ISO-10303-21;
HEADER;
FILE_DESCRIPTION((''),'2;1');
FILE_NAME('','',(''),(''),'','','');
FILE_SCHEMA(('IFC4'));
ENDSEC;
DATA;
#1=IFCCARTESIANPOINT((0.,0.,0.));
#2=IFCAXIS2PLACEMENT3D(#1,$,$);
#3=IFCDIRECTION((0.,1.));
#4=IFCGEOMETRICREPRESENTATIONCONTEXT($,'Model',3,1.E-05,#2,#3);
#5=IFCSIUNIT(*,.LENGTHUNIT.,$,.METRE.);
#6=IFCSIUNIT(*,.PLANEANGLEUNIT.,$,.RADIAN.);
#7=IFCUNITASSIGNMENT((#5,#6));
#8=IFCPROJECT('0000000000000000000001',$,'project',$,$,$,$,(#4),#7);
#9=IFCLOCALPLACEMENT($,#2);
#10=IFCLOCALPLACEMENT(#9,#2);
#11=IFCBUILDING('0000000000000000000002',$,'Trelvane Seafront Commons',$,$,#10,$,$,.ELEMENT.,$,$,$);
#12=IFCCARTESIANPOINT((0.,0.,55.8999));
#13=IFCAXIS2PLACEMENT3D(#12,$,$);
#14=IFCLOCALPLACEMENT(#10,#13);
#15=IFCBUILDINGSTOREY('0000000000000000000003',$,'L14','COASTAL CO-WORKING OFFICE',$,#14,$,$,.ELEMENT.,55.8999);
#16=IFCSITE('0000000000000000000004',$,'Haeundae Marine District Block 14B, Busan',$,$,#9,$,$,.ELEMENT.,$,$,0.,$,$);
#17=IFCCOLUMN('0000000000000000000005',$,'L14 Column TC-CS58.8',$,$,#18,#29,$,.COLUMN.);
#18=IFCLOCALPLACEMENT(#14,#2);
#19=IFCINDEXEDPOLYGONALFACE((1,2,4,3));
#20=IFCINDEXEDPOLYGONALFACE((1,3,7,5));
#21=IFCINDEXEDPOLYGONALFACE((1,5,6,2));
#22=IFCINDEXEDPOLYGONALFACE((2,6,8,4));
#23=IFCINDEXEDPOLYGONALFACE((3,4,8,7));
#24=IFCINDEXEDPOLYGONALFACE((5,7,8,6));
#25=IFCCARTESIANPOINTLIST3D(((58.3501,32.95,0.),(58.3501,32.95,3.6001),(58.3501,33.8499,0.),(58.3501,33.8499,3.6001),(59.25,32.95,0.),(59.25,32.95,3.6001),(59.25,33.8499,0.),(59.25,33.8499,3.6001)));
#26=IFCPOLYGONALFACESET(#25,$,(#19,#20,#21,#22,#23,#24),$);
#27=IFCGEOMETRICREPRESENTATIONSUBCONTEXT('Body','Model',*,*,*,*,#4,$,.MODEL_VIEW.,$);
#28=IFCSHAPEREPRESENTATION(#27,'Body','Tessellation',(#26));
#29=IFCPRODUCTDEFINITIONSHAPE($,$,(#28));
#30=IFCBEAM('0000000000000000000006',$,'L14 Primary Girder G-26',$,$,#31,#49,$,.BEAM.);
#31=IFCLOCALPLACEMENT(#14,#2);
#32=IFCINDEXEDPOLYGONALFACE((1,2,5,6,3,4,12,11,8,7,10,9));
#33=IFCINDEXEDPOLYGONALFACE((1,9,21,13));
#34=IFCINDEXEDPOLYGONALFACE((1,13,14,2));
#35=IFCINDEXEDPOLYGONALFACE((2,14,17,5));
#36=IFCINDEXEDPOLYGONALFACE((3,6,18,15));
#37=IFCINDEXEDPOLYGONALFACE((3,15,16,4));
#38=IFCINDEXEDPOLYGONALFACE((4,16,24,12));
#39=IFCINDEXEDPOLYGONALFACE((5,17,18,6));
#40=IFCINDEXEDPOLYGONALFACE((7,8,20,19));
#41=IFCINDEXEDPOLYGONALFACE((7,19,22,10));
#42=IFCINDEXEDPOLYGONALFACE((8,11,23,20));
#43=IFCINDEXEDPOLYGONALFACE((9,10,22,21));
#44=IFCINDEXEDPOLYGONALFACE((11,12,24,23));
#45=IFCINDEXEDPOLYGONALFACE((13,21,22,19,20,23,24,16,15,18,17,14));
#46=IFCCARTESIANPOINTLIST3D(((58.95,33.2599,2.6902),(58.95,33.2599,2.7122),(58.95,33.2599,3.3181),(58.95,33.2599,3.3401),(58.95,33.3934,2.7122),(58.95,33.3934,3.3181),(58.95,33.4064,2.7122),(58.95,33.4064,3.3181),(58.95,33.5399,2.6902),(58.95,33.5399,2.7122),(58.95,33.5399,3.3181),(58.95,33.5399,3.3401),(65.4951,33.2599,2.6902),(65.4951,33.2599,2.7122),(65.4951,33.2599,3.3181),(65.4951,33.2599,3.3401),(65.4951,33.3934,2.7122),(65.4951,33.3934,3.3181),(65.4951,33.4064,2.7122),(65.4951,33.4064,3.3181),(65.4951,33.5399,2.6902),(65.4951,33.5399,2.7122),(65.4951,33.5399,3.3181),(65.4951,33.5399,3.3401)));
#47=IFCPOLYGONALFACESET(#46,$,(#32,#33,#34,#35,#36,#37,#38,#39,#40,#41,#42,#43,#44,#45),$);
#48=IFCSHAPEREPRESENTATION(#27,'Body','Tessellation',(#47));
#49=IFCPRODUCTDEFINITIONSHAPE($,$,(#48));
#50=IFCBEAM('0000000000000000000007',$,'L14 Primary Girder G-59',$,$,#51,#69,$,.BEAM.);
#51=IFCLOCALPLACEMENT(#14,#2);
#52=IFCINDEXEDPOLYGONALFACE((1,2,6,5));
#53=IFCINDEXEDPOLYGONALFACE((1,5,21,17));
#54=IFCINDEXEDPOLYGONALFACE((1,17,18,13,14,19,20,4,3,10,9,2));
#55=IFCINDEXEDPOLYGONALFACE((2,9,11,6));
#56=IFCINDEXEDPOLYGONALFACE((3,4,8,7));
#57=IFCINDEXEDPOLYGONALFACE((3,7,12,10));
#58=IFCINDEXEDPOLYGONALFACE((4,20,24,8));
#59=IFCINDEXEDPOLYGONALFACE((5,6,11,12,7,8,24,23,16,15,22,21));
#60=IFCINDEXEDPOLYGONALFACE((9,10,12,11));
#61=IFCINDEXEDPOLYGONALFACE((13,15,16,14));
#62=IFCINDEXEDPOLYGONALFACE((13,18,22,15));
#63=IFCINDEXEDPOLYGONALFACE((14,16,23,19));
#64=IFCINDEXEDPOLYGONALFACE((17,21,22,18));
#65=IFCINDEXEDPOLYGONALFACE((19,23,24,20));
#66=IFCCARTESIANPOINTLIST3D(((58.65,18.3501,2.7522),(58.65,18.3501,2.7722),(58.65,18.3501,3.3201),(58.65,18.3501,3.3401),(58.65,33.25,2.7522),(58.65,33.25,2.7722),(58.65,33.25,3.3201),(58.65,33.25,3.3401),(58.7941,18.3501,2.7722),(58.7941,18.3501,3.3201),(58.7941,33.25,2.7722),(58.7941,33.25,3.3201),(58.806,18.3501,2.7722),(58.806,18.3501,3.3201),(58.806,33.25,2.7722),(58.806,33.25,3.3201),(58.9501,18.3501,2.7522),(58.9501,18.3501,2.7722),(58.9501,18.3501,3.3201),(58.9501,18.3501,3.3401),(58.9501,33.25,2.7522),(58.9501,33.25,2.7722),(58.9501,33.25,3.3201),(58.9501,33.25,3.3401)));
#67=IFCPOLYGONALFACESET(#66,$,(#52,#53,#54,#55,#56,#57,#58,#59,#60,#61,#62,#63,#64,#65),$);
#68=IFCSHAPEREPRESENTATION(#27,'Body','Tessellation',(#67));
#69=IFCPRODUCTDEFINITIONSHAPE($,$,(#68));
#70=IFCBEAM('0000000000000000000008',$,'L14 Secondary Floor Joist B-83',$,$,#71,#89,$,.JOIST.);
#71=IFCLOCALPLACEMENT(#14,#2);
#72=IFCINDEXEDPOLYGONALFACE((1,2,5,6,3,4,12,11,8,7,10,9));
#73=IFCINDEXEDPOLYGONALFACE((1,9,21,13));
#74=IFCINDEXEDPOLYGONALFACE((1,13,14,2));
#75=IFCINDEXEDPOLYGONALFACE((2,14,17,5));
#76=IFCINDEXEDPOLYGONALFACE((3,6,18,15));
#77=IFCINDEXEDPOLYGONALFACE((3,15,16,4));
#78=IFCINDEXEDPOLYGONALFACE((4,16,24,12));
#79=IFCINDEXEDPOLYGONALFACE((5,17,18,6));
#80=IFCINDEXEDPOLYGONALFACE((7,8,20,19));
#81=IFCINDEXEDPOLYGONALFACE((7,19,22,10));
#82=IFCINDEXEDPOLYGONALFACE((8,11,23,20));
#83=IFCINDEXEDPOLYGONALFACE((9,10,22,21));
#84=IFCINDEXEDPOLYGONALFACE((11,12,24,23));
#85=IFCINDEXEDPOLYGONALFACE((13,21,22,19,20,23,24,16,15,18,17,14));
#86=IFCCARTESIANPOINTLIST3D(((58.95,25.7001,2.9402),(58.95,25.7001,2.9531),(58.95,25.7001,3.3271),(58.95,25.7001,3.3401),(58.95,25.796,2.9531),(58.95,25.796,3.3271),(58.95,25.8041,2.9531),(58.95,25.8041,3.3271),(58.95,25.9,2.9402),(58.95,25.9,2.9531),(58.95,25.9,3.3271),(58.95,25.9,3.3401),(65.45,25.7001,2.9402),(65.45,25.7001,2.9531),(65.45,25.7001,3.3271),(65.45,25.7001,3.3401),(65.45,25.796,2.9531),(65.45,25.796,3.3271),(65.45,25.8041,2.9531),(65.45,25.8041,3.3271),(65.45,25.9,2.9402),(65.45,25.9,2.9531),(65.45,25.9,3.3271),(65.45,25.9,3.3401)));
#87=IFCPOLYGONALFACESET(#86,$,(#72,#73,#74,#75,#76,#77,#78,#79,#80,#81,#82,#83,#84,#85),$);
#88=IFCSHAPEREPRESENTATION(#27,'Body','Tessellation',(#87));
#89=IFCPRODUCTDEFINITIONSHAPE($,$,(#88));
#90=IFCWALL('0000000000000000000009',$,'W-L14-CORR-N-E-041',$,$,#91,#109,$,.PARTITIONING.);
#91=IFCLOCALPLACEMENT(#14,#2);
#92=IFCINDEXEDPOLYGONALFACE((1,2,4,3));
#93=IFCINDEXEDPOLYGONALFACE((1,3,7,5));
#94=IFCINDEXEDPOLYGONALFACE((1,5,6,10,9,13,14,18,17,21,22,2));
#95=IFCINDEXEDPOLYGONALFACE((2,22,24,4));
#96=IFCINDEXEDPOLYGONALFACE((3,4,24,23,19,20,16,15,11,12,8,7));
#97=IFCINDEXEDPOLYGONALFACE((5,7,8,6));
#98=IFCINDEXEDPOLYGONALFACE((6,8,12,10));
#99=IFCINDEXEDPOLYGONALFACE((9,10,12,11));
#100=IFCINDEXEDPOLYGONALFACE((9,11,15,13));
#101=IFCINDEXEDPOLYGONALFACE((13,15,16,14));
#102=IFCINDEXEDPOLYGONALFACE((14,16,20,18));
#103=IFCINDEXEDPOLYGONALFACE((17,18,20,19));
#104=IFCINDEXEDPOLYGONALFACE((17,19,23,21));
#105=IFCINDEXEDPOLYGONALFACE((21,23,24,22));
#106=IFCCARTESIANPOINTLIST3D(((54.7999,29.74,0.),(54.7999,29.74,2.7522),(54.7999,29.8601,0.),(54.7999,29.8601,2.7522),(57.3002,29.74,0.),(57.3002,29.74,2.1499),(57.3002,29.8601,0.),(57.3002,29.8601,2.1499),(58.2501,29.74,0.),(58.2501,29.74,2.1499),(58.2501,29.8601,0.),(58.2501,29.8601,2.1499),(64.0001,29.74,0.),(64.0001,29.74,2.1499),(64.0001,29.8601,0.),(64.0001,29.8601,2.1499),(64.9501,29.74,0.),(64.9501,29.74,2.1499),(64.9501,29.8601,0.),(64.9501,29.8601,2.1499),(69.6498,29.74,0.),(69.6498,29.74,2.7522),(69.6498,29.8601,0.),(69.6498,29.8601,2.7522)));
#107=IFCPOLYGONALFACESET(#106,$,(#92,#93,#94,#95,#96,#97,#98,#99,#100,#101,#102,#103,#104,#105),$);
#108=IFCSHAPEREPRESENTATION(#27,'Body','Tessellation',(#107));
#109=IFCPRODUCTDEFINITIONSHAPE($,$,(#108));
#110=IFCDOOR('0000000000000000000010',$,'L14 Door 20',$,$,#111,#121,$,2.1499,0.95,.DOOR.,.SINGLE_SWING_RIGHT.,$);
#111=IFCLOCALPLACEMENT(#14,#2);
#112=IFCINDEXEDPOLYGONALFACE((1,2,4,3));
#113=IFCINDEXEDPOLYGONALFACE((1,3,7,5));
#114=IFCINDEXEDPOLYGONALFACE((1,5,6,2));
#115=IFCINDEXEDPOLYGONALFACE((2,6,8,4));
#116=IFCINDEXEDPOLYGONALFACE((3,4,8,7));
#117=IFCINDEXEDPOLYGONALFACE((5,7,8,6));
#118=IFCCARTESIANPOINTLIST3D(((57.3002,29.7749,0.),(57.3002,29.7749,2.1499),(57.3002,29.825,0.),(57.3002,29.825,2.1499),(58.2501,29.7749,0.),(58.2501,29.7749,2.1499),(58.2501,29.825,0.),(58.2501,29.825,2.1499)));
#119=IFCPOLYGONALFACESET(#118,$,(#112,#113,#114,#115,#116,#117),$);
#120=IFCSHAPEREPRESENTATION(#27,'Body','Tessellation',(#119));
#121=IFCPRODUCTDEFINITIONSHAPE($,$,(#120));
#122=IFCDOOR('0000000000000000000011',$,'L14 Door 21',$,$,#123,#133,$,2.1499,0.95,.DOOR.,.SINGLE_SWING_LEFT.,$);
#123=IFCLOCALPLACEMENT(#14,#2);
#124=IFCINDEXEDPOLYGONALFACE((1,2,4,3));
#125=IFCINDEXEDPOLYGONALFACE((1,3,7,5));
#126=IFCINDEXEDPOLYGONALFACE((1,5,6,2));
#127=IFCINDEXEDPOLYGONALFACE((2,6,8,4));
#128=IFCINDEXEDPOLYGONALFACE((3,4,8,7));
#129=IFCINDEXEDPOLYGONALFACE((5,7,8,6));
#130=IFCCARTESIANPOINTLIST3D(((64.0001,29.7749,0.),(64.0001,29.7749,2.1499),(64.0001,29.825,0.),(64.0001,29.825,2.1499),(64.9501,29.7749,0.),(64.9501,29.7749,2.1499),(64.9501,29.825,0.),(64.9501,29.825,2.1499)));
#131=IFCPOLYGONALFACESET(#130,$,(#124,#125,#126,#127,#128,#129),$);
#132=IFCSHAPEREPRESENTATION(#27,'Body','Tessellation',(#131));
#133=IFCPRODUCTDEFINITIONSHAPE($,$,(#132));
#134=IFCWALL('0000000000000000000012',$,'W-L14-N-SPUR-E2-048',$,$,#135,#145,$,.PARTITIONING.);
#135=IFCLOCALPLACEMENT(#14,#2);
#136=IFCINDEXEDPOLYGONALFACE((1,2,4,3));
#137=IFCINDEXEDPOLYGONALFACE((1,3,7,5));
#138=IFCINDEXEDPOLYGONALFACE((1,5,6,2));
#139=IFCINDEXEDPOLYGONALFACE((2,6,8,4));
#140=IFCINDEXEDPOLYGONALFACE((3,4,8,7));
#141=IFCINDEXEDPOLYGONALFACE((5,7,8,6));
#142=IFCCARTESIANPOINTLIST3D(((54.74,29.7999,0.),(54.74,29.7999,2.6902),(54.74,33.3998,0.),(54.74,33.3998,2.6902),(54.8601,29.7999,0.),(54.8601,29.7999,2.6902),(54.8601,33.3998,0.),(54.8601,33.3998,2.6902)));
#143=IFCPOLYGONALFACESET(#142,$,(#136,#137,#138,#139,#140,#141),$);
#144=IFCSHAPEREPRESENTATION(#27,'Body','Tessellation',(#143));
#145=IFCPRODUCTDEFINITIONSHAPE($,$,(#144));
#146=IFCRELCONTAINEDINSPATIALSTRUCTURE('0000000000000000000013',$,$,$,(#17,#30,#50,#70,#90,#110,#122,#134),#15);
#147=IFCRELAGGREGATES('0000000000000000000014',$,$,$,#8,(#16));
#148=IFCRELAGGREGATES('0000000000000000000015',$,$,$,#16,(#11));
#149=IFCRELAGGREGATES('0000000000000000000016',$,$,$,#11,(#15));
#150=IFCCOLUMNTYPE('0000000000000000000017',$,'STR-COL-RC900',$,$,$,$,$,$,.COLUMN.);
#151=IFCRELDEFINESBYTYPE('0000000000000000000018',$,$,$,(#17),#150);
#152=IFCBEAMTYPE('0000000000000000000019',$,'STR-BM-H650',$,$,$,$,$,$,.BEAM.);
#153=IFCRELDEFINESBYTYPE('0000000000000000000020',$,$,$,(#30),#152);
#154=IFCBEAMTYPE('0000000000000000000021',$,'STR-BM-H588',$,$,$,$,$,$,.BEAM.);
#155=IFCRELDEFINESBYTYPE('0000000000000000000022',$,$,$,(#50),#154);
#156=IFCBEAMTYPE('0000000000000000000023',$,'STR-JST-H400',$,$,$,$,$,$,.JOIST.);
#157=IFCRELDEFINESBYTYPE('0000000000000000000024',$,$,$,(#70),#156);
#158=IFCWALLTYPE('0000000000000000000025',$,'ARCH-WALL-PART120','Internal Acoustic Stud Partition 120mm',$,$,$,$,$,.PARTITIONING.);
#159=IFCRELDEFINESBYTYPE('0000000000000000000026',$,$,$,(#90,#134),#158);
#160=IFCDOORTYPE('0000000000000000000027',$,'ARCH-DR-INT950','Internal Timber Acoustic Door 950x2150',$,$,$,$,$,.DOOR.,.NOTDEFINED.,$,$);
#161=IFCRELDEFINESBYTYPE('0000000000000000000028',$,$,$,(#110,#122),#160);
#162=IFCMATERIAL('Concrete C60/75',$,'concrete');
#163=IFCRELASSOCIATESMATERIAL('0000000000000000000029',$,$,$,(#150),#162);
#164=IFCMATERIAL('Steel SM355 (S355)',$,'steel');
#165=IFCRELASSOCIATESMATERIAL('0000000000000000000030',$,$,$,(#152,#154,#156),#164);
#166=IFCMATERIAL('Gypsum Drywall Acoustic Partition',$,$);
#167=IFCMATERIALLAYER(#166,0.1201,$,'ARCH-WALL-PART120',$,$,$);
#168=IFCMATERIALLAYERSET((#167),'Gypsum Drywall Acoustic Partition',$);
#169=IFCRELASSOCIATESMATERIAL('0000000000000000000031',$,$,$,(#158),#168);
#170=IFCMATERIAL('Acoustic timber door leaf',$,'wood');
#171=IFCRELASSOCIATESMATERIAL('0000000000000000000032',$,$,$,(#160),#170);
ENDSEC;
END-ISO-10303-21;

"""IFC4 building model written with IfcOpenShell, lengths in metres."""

from ifc_helpers import new_model, si_unit, direction, frame, frame_2d, origin, origin_2d, place, context, subcontext, project, spatial, rectangle, i_section, extrude, source, transform, mapped, material, layer, layer_set, material_profile, profile_set, type_object, element, fill, save


model = new_model("IFC4")

# Units and contexts
model_context = context("Model", 3, precision=1e-05, world=origin(), true_north=direction((0.0, 1.0)))
body_context = subcontext(model_context, "Body", "Model", "MODEL_VIEW")
ifc_project = project(units=[si_unit("LENGTHUNIT", "METRE"), si_unit("PLANEANGLEUNIT", "RADIAN")], contexts=[model_context])

# Site, building, storey
site_placement = place(None, origin())
site = spatial("IfcSite", under=ifc_project, at=site_placement, Name="Haeundae Marine District Block 14B, Busan", CompositionType="ELEMENT", RefElevation=0.0)
building_placement = place(site_placement, origin())
building = spatial("IfcBuilding", under=site, at=building_placement, Name="Trelvane Seafront Commons", CompositionType="ELEMENT")
storey_placement = place(building_placement, frame((0.0, 0.0, 55.8999)))
storey = spatial("IfcBuildingStorey", under=building, at=storey_placement, Name="L14", Description="COASTAL CO-WORKING OFFICE", CompositionType="ELEMENT", Elevation=55.8999)

# Column
ifc_material_1 = material(Name="Concrete C60/75", Category="concrete")
ifc_material_profile_1 = material_profile(ifc_material_1, rectangle(XDim=0.8999, YDim=0.8999, at=origin_2d()), Name="RC-900x900")
ifc_profile_set_1 = profile_set([ifc_material_profile_1], Name="Concrete C60/75")
column_type = type_object("IfcColumnType", Name="STR-COL-RC900", PredefinedType="COLUMN", material=ifc_profile_set_1)
shared_shape_1 = source(origin(), body_context, "Body", "SweptSolid", [
    extrude(rectangle(XDim=0.8999, YDim=0.8999, at=origin_2d()), origin(), (0.0, 0.0, 1.0), 3.6001),
])
column_placement = place(storey_placement, frame((58.8, 33.3999, 0.0), z_axis=(0.0, 0.0, 1.0), x_axis=(1.0, 0.0, 0.0)))
element("IfcColumn", 1, at=column_placement, inside=storey, type_object=column_type, Name="L14 Column TC-CS58.8", PredefinedType="COLUMN", context=body_context, shape_type="MappedRepresentation", body=[
    mapped(shared_shape_1, transform((0.0, 0.0, 0.0), x_axis=(1.0, 0.0, 0.0), y_axis=(0.0, 1.0, 0.0), z_axis=(0.0, 0.0, 1.0), scale=1.0)),
])

# Beams
ifc_material_2 = material(Name="Steel SM355 (S355)", Category="steel")
ifc_material_profile_2 = material_profile(ifc_material_2, i_section(OverallWidth=0.28, OverallDepth=0.6499, WebThickness=0.0129, FlangeThickness=0.022, at=origin_2d()), Name="H-650x280x13x22")
ifc_profile_set_2 = profile_set([ifc_material_profile_2], Name="Steel SM355 (S355)")
beam_type_1 = type_object("IfcBeamType", Name="STR-BM-H650", PredefinedType="BEAM", material=ifc_profile_set_2)
shared_shape_2 = source(origin(), body_context, "Body", "SweptSolid", [
    extrude(i_section(OverallWidth=0.28, OverallDepth=0.6499, WebThickness=0.0129, FlangeThickness=0.022, at=origin_2d()), origin(), (0.0, 0.0, 1.0), 6.5452),
])
beam_1_placement = place(storey_placement, frame((58.95, 33.3999, 3.0151), z_axis=(1.0, 0.0, 0.0), x_axis=(0.0, 1.0, 0.0)))
element("IfcBeam", 2, at=beam_1_placement, inside=storey, type_object=beam_type_1, Name="L14 Primary Girder G-26", PredefinedType="BEAM", context=body_context, shape_type="MappedRepresentation", body=[
    mapped(shared_shape_2, transform((0.0, 0.0, 0.0), x_axis=(1.0, 0.0, 0.0), y_axis=(0.0, 1.0, 0.0), z_axis=(0.0, 0.0, 1.0), scale=1.0)),
])
ifc_material_profile_3 = material_profile(ifc_material_2, i_section(OverallWidth=0.3, OverallDepth=0.5879, WebThickness=0.012, FlangeThickness=0.02, at=origin_2d()), Name="H-588x300x12x20")
ifc_profile_set_3 = profile_set([ifc_material_profile_3], Name="Steel SM355 (S355)")
beam_type_2 = type_object("IfcBeamType", Name="STR-BM-H588", PredefinedType="BEAM", material=ifc_profile_set_3)
shared_shape_3 = source(origin(), body_context, "Body", "SweptSolid", [
    extrude(i_section(OverallWidth=0.3, OverallDepth=0.5879, WebThickness=0.012, FlangeThickness=0.02, at=origin_2d()), origin(), (0.0, 0.0, 1.0), 14.8999),
])
beam_2_placement = place(storey_placement, frame((58.8, 18.3501, 3.0461), z_axis=(0.0, 1.0, 0.0), x_axis=(-1.0, 0.0, 0.0)))
element("IfcBeam", 3, at=beam_2_placement, inside=storey, type_object=beam_type_2, Name="L14 Primary Girder G-59", PredefinedType="BEAM", context=body_context, shape_type="MappedRepresentation", body=[
    mapped(shared_shape_3, transform((0.0, 0.0, 0.0), x_axis=(1.0, 0.0, 0.0), y_axis=(0.0, 1.0, 0.0), z_axis=(0.0, 0.0, 1.0), scale=1.0)),
])
ifc_material_profile_4 = material_profile(ifc_material_2, i_section(OverallWidth=0.2, OverallDepth=0.3999, WebThickness=0.0081, FlangeThickness=0.0129, at=origin_2d()), Name="H-400x200x8x13")
ifc_profile_set_4 = profile_set([ifc_material_profile_4], Name="Steel SM355 (S355)")
beam_type_3 = type_object("IfcBeamType", Name="STR-JST-H400", PredefinedType="JOIST", material=ifc_profile_set_4)
shared_shape_4 = source(origin(), body_context, "Body", "SweptSolid", [
    extrude(i_section(OverallWidth=0.2, OverallDepth=0.3999, WebThickness=0.0081, FlangeThickness=0.0129, at=origin_2d()), origin(), (0.0, 0.0, 1.0), 6.5),
])
beam_3_placement = place(storey_placement, frame((58.95, 25.8, 3.1401), z_axis=(1.0, 0.0, 0.0), x_axis=(0.0, 1.0, 0.0)))
element("IfcBeam", 4, at=beam_3_placement, inside=storey, type_object=beam_type_3, Name="L14 Secondary Floor Joist B-83", PredefinedType="JOIST", context=body_context, shape_type="MappedRepresentation", body=[
    mapped(shared_shape_4, transform((0.0, 0.0, 0.0), x_axis=(1.0, 0.0, 0.0), y_axis=(0.0, 1.0, 0.0), z_axis=(0.0, 0.0, 1.0), scale=1.0)),
])

# Wall, openings, doors
ifc_material_3 = material(Name="Gypsum Drywall Acoustic Partition")
ifc_layer_1 = layer(ifc_material_3, 0.1201, Name="ARCH-WALL-PART120")
ifc_layer_set_1 = layer_set([ifc_layer_1], Name="Gypsum Drywall Acoustic Partition")
wall_type_1 = type_object("IfcWallType", Name="ARCH-WALL-PART120", Description="Internal Acoustic Stud Partition 120mm", PredefinedType="PARTITIONING", material=ifc_layer_set_1)
wall_1_placement = place(storey_placement, frame((54.8, 29.8, 0.0), z_axis=(0.0, 0.0, 1.0), x_axis=(1.0, 0.0, 0.0)))
wall_1 = element("IfcWall", 5, at=wall_1_placement, inside=storey, type_object=wall_type_1, Name="W-L14-CORR-N-E-041", PredefinedType="PARTITIONING", context=body_context, shape_type="SweptSolid", body=[
    extrude(rectangle(XDim=14.8499, YDim=0.1201, at=frame_2d((7.4248, 0.0))), origin(), (0.0, 0.0, 1.0), 2.7522),
])
opening_1_placement = place(wall_1_placement, frame((2.5, 0.0, 0.0)))
opening_1 = element("IfcOpeningElement", 6, at=opening_1_placement, cuts=wall_1, PredefinedType="OPENING", context=body_context, shape_type="SweptSolid", body=[
    extrude(rectangle(XDim=0.95, YDim=2.1499, at=frame_2d((0.4751, 1.075))), frame((0.0, 0.0701, 0.0), z_axis=(0.0, -1.0, 0.0), x_axis=(1.0, 0.0, 0.0)), (0.0, 0.0, 1.0), 0.1401),
])
opening_2_placement = place(wall_1_placement, frame((9.2, 0.0, 0.0)))
opening_2 = element("IfcOpeningElement", 7, at=opening_2_placement, cuts=wall_1, PredefinedType="OPENING", context=body_context, shape_type="SweptSolid", body=[
    extrude(rectangle(XDim=0.95, YDim=2.1499, at=frame_2d((0.4751, 1.075))), frame((0.0, 0.0701, 0.0), z_axis=(0.0, -1.0, 0.0), x_axis=(1.0, 0.0, 0.0)), (0.0, 0.0, 1.0), 0.1401),
])
ifc_material_4 = material(Name="Acoustic timber door leaf", Category="wood")
door_type_1 = type_object("IfcDoorType", Name="ARCH-DR-INT950", Description="Internal Timber Acoustic Door 950x2150", OperationType="NOTDEFINED", PredefinedType="DOOR", material=ifc_material_4)
shared_shape_5 = source(origin(), body_context, "Body", "SweptSolid", [
    extrude(rectangle(XDim=0.95, YDim=2.1499, at=frame_2d((0.4751, 1.075))), frame((0.0, 0.0249, 0.0), z_axis=(0.0, -1.0, 0.0), x_axis=(1.0, 0.0, 0.0)), (0.0, 0.0, 1.0), 0.05),
])
door_1_placement = place(opening_1_placement, origin())
door_1 = element("IfcDoor", 8, at=door_1_placement, inside=storey, type_object=door_type_1, Name="L14 Door 20", OperationType="SINGLE_SWING_RIGHT", OverallHeight=2.1499, OverallWidth=0.95, PredefinedType="DOOR", context=body_context, shape_type="MappedRepresentation", body=[
    mapped(shared_shape_5, transform((0.0, 0.0, 0.0), x_axis=(1.0, 0.0, 0.0), y_axis=(0.0, 1.0, 0.0), z_axis=(0.0, 0.0, 1.0), scale=1.0)),
])
fill(opening_1, door_1)
door_2_placement = place(opening_2_placement, origin())
door_2 = element("IfcDoor", 9, at=door_2_placement, inside=storey, type_object=door_type_1, Name="L14 Door 21", OperationType="SINGLE_SWING_LEFT", OverallHeight=2.1499, OverallWidth=0.95, PredefinedType="DOOR", context=body_context, shape_type="MappedRepresentation", body=[
    mapped(shared_shape_5, transform((0.0, 0.0, 0.0), x_axis=(1.0, 0.0, 0.0), y_axis=(0.0, 1.0, 0.0), z_axis=(0.0, 0.0, 1.0), scale=1.0)),
])
fill(opening_2, door_2)

# Wall
wall_2_placement = place(storey_placement, frame((54.8, 29.8, 0.0), z_axis=(0.0, 0.0, 1.0), x_axis=(0.0, 1.0, 0.0)))
element("IfcWall", 10, at=wall_2_placement, inside=storey, type_object=wall_type_1, Name="W-L14-N-SPUR-E2-048", PredefinedType="PARTITIONING", context=body_context, shape_type="SweptSolid", body=[
    extrude(rectangle(XDim=3.5999, YDim=0.1201, at=frame_2d((1.7998, 0.0))), origin(), (0.0, 0.0, 1.0), 2.6902),
])

save(model, "model.ifc")
